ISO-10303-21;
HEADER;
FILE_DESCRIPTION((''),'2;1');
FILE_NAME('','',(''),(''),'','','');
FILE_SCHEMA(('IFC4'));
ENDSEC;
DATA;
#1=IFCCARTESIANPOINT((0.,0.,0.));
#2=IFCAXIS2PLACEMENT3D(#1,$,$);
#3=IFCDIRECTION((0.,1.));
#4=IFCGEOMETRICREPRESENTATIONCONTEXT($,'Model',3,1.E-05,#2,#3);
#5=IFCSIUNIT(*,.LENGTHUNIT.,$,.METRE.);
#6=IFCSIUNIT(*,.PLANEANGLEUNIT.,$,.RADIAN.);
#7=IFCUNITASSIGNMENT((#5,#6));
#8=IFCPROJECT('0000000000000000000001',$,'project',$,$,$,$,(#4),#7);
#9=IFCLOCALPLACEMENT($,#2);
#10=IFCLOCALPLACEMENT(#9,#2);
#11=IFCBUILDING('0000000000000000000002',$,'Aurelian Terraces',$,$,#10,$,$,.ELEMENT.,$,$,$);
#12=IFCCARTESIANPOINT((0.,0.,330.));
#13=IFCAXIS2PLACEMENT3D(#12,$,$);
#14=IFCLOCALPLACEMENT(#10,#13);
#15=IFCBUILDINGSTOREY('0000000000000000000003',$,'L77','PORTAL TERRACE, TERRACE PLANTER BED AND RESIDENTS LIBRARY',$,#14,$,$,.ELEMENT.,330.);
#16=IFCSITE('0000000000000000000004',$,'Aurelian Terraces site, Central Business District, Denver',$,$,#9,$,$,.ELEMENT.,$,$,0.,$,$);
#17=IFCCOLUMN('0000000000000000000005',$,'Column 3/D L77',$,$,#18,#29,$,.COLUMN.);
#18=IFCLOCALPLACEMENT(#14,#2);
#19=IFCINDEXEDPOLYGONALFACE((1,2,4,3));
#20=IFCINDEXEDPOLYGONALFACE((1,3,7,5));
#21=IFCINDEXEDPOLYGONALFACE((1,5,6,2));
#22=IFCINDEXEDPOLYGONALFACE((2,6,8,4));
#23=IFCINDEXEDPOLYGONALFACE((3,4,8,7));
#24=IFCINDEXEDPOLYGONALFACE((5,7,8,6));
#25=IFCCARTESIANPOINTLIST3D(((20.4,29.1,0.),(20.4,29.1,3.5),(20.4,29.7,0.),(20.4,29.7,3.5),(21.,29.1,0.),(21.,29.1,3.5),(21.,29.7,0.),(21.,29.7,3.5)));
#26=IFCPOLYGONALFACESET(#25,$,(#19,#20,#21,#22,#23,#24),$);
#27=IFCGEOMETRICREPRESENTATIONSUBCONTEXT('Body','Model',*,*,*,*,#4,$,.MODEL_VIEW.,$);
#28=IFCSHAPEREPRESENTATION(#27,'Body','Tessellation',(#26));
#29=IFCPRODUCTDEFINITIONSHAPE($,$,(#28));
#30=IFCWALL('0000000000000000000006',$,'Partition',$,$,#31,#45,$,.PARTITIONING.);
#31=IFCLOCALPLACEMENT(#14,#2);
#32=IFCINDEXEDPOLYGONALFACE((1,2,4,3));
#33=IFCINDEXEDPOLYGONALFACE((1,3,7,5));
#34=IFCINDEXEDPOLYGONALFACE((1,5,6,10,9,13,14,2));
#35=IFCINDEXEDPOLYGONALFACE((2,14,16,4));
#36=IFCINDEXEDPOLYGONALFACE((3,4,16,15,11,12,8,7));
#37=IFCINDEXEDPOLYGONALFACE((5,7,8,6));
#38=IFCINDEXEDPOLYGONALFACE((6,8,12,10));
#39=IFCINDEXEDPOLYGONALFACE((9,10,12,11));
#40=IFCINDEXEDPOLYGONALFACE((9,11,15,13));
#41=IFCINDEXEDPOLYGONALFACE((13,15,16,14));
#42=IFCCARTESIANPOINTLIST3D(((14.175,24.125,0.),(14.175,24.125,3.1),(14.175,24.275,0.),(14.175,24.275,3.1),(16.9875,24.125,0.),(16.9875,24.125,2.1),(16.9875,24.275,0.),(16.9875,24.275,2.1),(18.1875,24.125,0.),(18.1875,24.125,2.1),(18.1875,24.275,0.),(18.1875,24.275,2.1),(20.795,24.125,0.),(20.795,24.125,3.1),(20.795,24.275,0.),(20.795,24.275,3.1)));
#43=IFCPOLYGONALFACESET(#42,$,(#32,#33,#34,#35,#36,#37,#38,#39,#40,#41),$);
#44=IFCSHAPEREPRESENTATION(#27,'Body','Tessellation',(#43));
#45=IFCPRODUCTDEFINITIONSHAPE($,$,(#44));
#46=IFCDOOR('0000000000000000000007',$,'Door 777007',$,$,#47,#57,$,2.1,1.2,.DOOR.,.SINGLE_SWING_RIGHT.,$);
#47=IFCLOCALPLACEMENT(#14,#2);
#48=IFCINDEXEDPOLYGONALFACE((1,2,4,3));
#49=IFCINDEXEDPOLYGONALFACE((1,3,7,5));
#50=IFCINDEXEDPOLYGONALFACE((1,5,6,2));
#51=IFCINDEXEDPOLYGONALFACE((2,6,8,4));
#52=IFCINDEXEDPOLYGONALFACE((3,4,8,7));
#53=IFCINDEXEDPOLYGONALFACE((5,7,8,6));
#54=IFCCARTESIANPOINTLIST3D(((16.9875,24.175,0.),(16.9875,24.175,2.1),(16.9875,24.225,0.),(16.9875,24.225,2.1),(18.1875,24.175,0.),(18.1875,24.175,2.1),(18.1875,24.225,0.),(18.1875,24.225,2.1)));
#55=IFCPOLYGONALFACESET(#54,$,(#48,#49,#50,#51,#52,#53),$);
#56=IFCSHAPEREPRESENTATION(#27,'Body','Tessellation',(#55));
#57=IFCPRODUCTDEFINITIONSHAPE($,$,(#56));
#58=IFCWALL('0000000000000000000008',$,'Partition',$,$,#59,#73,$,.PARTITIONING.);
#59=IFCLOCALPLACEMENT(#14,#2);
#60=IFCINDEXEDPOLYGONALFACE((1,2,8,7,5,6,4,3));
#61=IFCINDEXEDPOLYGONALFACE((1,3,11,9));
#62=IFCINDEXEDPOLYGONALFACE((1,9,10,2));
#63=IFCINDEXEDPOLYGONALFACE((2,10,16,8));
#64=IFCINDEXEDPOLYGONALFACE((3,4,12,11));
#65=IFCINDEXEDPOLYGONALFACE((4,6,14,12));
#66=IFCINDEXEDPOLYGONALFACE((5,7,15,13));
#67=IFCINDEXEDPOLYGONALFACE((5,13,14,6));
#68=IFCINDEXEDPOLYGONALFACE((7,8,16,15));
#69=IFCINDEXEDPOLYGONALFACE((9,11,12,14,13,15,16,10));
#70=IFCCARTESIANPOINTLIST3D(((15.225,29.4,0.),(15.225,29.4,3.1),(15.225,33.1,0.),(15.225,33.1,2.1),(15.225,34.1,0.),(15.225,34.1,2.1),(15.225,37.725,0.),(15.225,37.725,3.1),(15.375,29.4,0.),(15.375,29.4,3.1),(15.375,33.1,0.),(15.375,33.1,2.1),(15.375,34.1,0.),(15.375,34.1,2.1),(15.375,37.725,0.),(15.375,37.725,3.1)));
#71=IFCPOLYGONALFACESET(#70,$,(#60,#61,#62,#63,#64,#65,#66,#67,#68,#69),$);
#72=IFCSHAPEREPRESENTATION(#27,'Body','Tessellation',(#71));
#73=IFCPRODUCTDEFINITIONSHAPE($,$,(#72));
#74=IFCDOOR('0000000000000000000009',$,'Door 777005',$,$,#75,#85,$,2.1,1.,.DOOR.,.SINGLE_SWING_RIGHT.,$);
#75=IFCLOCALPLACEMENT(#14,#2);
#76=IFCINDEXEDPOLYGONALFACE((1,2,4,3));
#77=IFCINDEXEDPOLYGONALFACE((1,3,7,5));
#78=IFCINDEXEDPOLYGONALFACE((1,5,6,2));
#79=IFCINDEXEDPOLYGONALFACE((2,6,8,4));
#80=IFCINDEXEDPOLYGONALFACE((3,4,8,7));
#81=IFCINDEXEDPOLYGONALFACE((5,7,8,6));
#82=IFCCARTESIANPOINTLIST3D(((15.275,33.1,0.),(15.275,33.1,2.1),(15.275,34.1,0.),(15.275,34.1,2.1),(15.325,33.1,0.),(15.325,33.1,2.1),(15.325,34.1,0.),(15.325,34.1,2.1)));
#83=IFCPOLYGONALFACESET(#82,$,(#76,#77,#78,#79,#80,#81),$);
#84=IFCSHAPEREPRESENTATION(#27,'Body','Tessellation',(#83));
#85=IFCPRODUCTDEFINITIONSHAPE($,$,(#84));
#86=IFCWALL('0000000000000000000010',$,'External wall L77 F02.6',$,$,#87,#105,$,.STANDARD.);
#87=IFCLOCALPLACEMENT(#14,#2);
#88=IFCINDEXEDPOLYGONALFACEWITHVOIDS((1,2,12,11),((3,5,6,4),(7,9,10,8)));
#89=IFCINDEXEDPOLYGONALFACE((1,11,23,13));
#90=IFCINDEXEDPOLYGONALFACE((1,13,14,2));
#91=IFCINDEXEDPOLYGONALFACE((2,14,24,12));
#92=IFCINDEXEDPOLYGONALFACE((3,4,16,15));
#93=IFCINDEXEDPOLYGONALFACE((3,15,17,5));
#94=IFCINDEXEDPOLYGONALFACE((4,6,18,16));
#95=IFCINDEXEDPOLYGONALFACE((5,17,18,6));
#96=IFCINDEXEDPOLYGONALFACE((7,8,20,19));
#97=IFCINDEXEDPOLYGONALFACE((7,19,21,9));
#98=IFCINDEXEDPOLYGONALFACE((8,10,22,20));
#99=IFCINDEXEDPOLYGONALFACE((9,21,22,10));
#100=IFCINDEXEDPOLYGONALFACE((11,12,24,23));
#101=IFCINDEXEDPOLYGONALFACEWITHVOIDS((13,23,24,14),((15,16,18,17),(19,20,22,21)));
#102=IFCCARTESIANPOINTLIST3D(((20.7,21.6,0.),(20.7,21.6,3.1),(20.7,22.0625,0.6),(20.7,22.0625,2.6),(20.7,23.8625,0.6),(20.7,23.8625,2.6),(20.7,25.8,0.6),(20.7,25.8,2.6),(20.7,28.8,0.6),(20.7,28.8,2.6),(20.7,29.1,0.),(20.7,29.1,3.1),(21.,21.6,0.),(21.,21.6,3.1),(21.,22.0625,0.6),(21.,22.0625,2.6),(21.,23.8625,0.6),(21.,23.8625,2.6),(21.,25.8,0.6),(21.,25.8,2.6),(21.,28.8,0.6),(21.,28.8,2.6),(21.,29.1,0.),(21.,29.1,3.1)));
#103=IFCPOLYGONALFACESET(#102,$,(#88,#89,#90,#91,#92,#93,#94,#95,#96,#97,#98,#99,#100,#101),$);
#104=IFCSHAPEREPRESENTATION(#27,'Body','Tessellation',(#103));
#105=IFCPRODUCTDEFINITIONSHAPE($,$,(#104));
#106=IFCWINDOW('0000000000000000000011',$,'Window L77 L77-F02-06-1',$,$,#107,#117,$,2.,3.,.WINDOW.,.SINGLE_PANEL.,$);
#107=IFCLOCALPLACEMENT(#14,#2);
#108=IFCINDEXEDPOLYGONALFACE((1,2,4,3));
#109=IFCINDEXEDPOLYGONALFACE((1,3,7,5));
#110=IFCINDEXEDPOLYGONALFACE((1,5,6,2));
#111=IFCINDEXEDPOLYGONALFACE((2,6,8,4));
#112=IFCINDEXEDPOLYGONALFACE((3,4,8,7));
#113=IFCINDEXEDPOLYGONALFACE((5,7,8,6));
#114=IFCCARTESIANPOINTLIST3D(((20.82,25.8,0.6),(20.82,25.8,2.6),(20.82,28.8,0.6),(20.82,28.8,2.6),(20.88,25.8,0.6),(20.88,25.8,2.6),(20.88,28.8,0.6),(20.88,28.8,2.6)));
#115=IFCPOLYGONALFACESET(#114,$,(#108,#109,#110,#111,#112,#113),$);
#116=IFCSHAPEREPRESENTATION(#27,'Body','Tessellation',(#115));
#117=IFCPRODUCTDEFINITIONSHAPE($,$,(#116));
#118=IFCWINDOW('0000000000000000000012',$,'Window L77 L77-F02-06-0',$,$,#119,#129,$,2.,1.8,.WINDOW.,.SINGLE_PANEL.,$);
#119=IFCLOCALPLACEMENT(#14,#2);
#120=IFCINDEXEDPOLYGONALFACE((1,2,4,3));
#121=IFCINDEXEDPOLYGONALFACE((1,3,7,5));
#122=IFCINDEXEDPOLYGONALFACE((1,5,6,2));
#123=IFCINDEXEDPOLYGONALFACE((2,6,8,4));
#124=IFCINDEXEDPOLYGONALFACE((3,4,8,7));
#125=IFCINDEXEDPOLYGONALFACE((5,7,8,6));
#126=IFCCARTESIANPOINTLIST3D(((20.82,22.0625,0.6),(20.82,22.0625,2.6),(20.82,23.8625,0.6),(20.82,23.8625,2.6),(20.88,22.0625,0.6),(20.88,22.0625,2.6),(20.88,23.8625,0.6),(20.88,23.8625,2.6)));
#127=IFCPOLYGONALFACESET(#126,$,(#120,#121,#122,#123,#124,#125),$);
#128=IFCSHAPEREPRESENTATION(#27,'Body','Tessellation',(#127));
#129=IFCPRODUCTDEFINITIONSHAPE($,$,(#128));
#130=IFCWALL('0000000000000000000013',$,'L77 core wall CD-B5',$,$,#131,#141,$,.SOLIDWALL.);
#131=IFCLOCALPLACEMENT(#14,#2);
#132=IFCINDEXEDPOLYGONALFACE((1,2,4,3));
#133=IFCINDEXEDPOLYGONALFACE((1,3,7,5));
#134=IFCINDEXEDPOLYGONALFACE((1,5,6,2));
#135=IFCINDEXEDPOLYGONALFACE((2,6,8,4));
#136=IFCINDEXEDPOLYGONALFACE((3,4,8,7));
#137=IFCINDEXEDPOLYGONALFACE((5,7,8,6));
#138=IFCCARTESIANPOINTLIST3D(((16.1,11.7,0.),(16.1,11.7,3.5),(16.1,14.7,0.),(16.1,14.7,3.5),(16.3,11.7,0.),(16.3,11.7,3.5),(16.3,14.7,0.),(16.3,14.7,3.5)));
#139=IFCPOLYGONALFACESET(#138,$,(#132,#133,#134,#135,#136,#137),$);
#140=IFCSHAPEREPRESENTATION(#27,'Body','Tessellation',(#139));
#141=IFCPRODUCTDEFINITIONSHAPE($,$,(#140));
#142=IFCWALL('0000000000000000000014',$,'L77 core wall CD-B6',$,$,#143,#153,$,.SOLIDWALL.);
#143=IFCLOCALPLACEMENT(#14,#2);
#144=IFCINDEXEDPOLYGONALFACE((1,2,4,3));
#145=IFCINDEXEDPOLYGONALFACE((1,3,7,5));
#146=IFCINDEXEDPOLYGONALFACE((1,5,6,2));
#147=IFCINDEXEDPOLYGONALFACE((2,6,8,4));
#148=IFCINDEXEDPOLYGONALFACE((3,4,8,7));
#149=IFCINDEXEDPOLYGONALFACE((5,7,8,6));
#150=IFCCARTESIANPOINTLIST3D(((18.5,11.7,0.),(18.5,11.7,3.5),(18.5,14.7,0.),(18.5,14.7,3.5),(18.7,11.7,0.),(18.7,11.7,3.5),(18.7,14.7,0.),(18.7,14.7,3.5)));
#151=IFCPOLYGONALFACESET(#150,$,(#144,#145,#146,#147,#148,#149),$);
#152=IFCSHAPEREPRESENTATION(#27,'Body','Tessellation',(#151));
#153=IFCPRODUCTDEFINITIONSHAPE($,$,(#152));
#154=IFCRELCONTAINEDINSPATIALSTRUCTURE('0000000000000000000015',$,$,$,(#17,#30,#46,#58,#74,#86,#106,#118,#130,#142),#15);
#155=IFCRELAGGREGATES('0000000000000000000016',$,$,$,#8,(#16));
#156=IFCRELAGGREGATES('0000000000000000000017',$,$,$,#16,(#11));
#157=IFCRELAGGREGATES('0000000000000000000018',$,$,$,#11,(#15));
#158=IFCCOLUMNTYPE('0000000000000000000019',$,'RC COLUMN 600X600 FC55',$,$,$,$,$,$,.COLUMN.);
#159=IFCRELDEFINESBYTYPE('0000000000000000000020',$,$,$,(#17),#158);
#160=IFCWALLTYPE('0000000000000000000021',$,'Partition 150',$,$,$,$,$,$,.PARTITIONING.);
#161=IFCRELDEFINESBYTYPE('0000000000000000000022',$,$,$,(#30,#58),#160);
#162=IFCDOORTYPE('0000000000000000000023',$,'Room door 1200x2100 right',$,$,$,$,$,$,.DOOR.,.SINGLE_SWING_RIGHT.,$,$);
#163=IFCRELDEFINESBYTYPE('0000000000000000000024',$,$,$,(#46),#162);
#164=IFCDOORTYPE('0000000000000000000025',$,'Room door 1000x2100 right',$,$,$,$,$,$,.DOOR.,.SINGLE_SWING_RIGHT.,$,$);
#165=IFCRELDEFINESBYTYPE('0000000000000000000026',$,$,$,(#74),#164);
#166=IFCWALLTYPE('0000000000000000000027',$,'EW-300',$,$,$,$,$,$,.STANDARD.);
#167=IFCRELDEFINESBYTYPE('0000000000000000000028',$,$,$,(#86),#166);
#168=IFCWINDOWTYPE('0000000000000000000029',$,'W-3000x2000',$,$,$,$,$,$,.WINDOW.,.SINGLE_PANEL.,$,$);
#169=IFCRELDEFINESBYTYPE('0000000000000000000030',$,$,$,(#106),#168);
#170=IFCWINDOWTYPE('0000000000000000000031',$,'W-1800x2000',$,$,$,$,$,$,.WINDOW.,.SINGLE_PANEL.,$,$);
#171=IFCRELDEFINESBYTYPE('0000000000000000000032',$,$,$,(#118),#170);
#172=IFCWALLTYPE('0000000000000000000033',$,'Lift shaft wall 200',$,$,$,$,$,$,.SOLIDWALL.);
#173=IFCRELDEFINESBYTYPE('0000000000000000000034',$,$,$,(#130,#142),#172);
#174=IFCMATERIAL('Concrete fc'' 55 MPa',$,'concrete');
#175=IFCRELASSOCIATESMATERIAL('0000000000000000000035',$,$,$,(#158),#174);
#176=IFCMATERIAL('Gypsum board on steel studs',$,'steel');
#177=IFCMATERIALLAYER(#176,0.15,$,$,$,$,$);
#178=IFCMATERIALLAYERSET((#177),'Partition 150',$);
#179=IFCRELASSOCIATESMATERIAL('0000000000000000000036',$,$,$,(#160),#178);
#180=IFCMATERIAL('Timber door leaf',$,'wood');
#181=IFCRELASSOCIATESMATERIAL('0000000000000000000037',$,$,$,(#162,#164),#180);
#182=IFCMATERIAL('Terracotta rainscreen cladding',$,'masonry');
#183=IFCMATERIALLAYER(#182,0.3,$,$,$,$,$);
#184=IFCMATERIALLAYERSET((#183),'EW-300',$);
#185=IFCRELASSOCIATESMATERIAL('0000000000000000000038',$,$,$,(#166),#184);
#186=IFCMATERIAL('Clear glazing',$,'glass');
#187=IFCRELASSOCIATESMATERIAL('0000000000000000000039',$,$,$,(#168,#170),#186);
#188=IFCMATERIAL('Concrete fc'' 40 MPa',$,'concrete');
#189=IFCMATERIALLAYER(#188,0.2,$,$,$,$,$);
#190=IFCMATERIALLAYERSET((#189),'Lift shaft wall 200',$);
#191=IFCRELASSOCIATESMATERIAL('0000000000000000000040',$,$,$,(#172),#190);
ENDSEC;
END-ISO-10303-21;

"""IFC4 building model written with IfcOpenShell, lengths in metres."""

from ifc_helpers import new_model, si_unit, direction, frame, frame_2d, origin, origin_2d, place, context, subcontext, project, spatial, rectangle, extrude, source, transform, mapped, material, layer, layer_set, material_profile, profile_set, type_object, element, fill, save


model = new_model("IFC4")

# Units and contexts
model_context = context("Model", 3, precision=1e-05, world=origin(), true_north=direction((0.0, 1.0)))
body_context = subcontext(model_context, "Body", "Model", "MODEL_VIEW")
ifc_project = project(units=[si_unit("LENGTHUNIT", "METRE"), si_unit("PLANEANGLEUNIT", "RADIAN")], contexts=[model_context])

# Site, building, storey
site_placement = place(None, origin())
site = spatial("IfcSite", under=ifc_project, at=site_placement, Name="Aurelian Terraces site, Central Business District, Denver", CompositionType="ELEMENT", RefElevation=0.0)
building_placement = place(site_placement, origin())
building = spatial("IfcBuilding", under=site, at=building_placement, Name="Aurelian Terraces", CompositionType="ELEMENT")
storey_placement = place(building_placement, frame((0.0, 0.0, 330.0)))
storey = spatial("IfcBuildingStorey", under=building, at=storey_placement, Name="L77", Description="PORTAL TERRACE, TERRACE PLANTER BED AND RESIDENTS LIBRARY", CompositionType="ELEMENT", Elevation=330.0)

# Column
ifc_material_1 = material(Name="Concrete fc' 55 MPa", Category="concrete")
ifc_material_profile = material_profile(ifc_material_1, rectangle(XDim=0.6, YDim=0.6, at=origin_2d()))
ifc_profile_set = profile_set([ifc_material_profile], Name="Concrete fc' 55 MPa")
column_type = type_object("IfcColumnType", Name="RC COLUMN 600X600 FC55", PredefinedType="COLUMN", material=ifc_profile_set)
shared_shape_1 = source(origin(), body_context, "Body", "SweptSolid", [
    extrude(rectangle(XDim=0.6, YDim=0.6, at=origin_2d()), origin(), (0.0, 0.0, 1.0), 3.5),
])
column_placement = place(storey_placement, frame((20.7, 29.4, 0.0), z_axis=(0.0, 0.0, 1.0), x_axis=(1.0, 0.0, 0.0)))
element("IfcColumn", 1, at=column_placement, inside=storey, type_object=column_type, Name="Column 3/D L77", PredefinedType="COLUMN", context=body_context, shape_type="MappedRepresentation", body=[
    mapped(shared_shape_1, transform((0.0, 0.0, 0.0), scale=1.0)),
])

# Walls, openings, doors
ifc_material_2 = material(Name="Gypsum board on steel studs", Category="steel")
ifc_layer_1 = layer(ifc_material_2, 0.15)
ifc_layer_set_1 = layer_set([ifc_layer_1], Name="Partition 150")
wall_type_1 = type_object("IfcWallType", Name="Partition 150", PredefinedType="PARTITIONING", material=ifc_layer_set_1)
wall_1_placement = place(storey_placement, frame((14.175, 24.2, 0.0), z_axis=(0.0, 0.0, 1.0), x_axis=(1.0, 0.0, 0.0)))
wall_1 = element("IfcWall", 2, at=wall_1_placement, inside=storey, type_object=wall_type_1, Name="Partition", PredefinedType="PARTITIONING", context=body_context, shape_type="SweptSolid", body=[
    extrude(rectangle(XDim=6.62, YDim=0.15, at=frame_2d((3.31, 0.0))), origin(), (0.0, 0.0, 1.0), 3.1),
])
shared_shape_2 = source(origin(), body_context, "Body", "SweptSolid", [
    extrude(rectangle(XDim=1.2, YDim=2.1, at=frame_2d((0.6, 1.05))), frame((0.0, 0.085, 0.0), z_axis=(0.0, -1.0, 0.0), x_axis=(1.0, 0.0, 0.0)), (0.0, 0.0, 1.0), 0.17),
])
opening_1_placement = place(wall_1_placement, frame((2.8125, 0.0, 0.0)))
opening_1 = element("IfcOpeningElement", 3, at=opening_1_placement, cuts=wall_1, PredefinedType="OPENING", context=body_context, shape_type="MappedRepresentation", body=[
    mapped(shared_shape_2, transform((0.0, 0.0, 0.0), scale=1.0)),
])
ifc_material_3 = material(Name="Timber door leaf", Category="wood")
door_type_1 = type_object("IfcDoorType", Name="Room door 1200x2100 right", OperationType="SINGLE_SWING_RIGHT", PredefinedType="DOOR", material=ifc_material_3)
shared_shape_3 = source(origin(), body_context, "Body", "SweptSolid", [
    extrude(rectangle(XDim=1.2, YDim=2.1, at=frame_2d((0.6, 1.05))), frame((0.0, 0.025, 0.0), z_axis=(0.0, -1.0, 0.0), x_axis=(1.0, 0.0, 0.0)), (0.0, 0.0, 1.0), 0.05),
])
door_1_placement = place(opening_1_placement, origin())
door_1 = element("IfcDoor", 4, at=door_1_placement, inside=storey, type_object=door_type_1, Name="Door 777007", OperationType="SINGLE_SWING_RIGHT", OverallHeight=2.1, OverallWidth=1.2, PredefinedType="DOOR", context=body_context, shape_type="MappedRepresentation", body=[
    mapped(shared_shape_3, transform((0.0, 0.0, 0.0), scale=1.0)),
])
fill(opening_1, door_1)
wall_2_placement = place(storey_placement, frame((15.3, 37.725, 0.0), z_axis=(0.0, 0.0, 1.0), x_axis=(0.0, -1.0, 0.0)))
wall_2 = element("IfcWall", 5, at=wall_2_placement, inside=storey, type_object=wall_type_1, Name="Partition", PredefinedType="PARTITIONING", context=body_context, shape_type="SweptSolid", body=[
    extrude(rectangle(XDim=8.325, YDim=0.15, at=frame_2d((4.1625, 0.0))), origin(), (0.0, 0.0, 1.0), 3.1),
])
shared_shape_4 = source(origin(), body_context, "Body", "SweptSolid", [
    extrude(rectangle(XDim=1.0, YDim=2.1, at=frame_2d((0.5, 1.05))), frame((0.0, 0.085, 0.0), z_axis=(0.0, -1.0, 0.0), x_axis=(1.0, 0.0, 0.0)), (0.0, 0.0, 1.0), 0.17),
])
opening_2_placement = place(wall_2_placement, frame((3.625, 0.0, 0.0)))
opening_2 = element("IfcOpeningElement", 6, at=opening_2_placement, cuts=wall_2, PredefinedType="OPENING", context=body_context, shape_type="MappedRepresentation", body=[
    mapped(shared_shape_4, transform((0.0, 0.0, 0.0), scale=1.0)),
])
door_type_2 = type_object("IfcDoorType", Name="Room door 1000x2100 right", OperationType="SINGLE_SWING_RIGHT", PredefinedType="DOOR", material=ifc_material_3)
shared_shape_5 = source(origin(), body_context, "Body", "SweptSolid", [
    extrude(rectangle(XDim=1.0, YDim=2.1, at=frame_2d((0.5, 1.05))), frame((0.0, 0.025, 0.0), z_axis=(0.0, -1.0, 0.0), x_axis=(1.0, 0.0, 0.0)), (0.0, 0.0, 1.0), 0.05),
])
door_2_placement = place(opening_2_placement, origin())
door_2 = element("IfcDoor", 7, at=door_2_placement, inside=storey, type_object=door_type_2, Name="Door 777005", OperationType="SINGLE_SWING_RIGHT", OverallHeight=2.1, OverallWidth=1.0, PredefinedType="DOOR", context=body_context, shape_type="MappedRepresentation", body=[
    mapped(shared_shape_5, transform((0.0, 0.0, 0.0), scale=1.0)),
])
fill(opening_2, door_2)

# Wall, openings, windows
ifc_material_4 = material(Name="Terracotta rainscreen cladding", Category="masonry")
ifc_layer_2 = layer(ifc_material_4, 0.3)
ifc_layer_set_2 = layer_set([ifc_layer_2], Name="EW-300")
wall_type_2 = type_object("IfcWallType", Name="EW-300", PredefinedType="STANDARD", material=ifc_layer_set_2)
shared_shape_6 = source(origin(), body_context, "Body", "SweptSolid", [
    extrude(rectangle(XDim=7.5, YDim=0.3, at=frame_2d((3.75, 0.0))), origin(), (0.0, 0.0, 1.0), 3.1),
])
wall_3_placement = place(storey_placement, frame((20.85, 21.6, 0.0), z_axis=(0.0, 0.0, 1.0), x_axis=(0.0, 1.0, 0.0)))
wall_3 = element("IfcWall", 8, at=wall_3_placement, inside=storey, type_object=wall_type_2, Name="External wall L77 F02.6", PredefinedType="STANDARD", context=body_context, shape_type="MappedRepresentation", body=[
    mapped(shared_shape_6, transform((0.0, 0.0, 0.0), scale=1.0)),
])
shared_shape_7 = source(origin(), body_context, "Body", "SweptSolid", [
    extrude(rectangle(XDim=1.8, YDim=2.0, at=frame_2d((0.9, 1.0))), frame((0.0, 0.16, 0.0), z_axis=(0.0, -1.0, 0.0), x_axis=(1.0, 0.0, 0.0)), (0.0, 0.0, 1.0), 0.32),
])
opening_3_placement = place(wall_3_placement, frame((0.4625, 0.0, 0.6)))
opening_3 = element("IfcOpeningElement", 9, at=opening_3_placement, cuts=wall_3, PredefinedType="OPENING", context=body_context, shape_type="MappedRepresentation", body=[
    mapped(shared_shape_7, transform((0.0, 0.0, 0.0), scale=1.0)),
])
shared_shape_8 = source(origin(), body_context, "Body", "SweptSolid", [
    extrude(rectangle(XDim=3.0, YDim=2.0, at=frame_2d((1.5, 1.0))), frame((0.0, 0.16, 0.0), z_axis=(0.0, -1.0, 0.0), x_axis=(1.0, 0.0, 0.0)), (0.0, 0.0, 1.0), 0.32),
])
opening_4_placement = place(wall_3_placement, frame((4.2, 0.0, 0.6)))
opening_4 = element("IfcOpeningElement", 10, at=opening_4_placement, cuts=wall_3, PredefinedType="OPENING", context=body_context, shape_type="MappedRepresentation", body=[
    mapped(shared_shape_8, transform((0.0, 0.0, 0.0), scale=1.0)),
])
ifc_material_5 = material(Name="Clear glazing", Category="glass")
window_type_1 = type_object("IfcWindowType", Name="W-3000x2000", PartitioningType="SINGLE_PANEL", PredefinedType="WINDOW", material=ifc_material_5)
shared_shape_9 = source(origin(), body_context, "Body", "SweptSolid", [
    extrude(rectangle(XDim=3.0, YDim=2.0, at=frame_2d((1.5, 1.0))), frame((0.0, 0.03, 0.0), z_axis=(0.0, -1.0, 0.0), x_axis=(1.0, 0.0, 0.0)), (0.0, 0.0, 1.0), 0.06),
])
window_1_placement = place(opening_4_placement, origin())
window_1 = element("IfcWindow", 11, at=window_1_placement, inside=storey, type_object=window_type_1, Name="Window L77 L77-F02-06-1", OverallHeight=2.0, OverallWidth=3.0, PartitioningType="SINGLE_PANEL", PredefinedType="WINDOW", context=body_context, shape_type="MappedRepresentation", body=[
    mapped(shared_shape_9, transform((0.0, 0.0, 0.0), scale=1.0)),
])
fill(opening_4, window_1)
window_type_2 = type_object("IfcWindowType", Name="W-1800x2000", PartitioningType="SINGLE_PANEL", PredefinedType="WINDOW", material=ifc_material_5)
shared_shape_10 = source(origin(), body_context, "Body", "SweptSolid", [
    extrude(rectangle(XDim=1.8, YDim=2.0, at=frame_2d((0.9, 1.0))), frame((0.0, 0.03, 0.0), z_axis=(0.0, -1.0, 0.0), x_axis=(1.0, 0.0, 0.0)), (0.0, 0.0, 1.0), 0.06),
])
window_2_placement = place(opening_3_placement, origin())
window_2 = element("IfcWindow", 12, at=window_2_placement, inside=storey, type_object=window_type_2, Name="Window L77 L77-F02-06-0", OverallHeight=2.0, OverallWidth=1.8, PartitioningType="SINGLE_PANEL", PredefinedType="WINDOW", context=body_context, shape_type="MappedRepresentation", body=[
    mapped(shared_shape_10, transform((0.0, 0.0, 0.0), scale=1.0)),
])
fill(opening_3, window_2)

# Walls
ifc_material_6 = material(Name="Concrete fc' 40 MPa", Category="concrete")
ifc_layer_3 = layer(ifc_material_6, 0.2)
ifc_layer_set_3 = layer_set([ifc_layer_3], Name="Lift shaft wall 200")
wall_type_3 = type_object("IfcWallType", Name="Lift shaft wall 200", PredefinedType="SOLIDWALL", material=ifc_layer_set_3)
shared_shape_11 = source(origin(), body_context, "Body", "SweptSolid", [
    extrude(rectangle(XDim=3.0, YDim=0.2, at=frame_2d((1.5, 0.0))), origin(), (0.0, 0.0, 1.0), 3.5),
])
for number, where, z_axis, x_axis, name in (
    (13, (16.2, 11.7, 0.0), (0.0, 0.0, 1.0), (0.0, 1.0, 0.0), "L77 core wall CD-B5"),
    (14, (18.6, 11.7, 0.0), (0.0, 0.0, 1.0), (0.0, 1.0, 0.0), "L77 core wall CD-B6"),
):
    element("IfcWall", number, at=place(storey_placement, frame(where, z_axis=z_axis, x_axis=x_axis)), inside=storey, type_object=wall_type_3, Name=name, PredefinedType="SOLIDWALL", context=body_context, shape_type="MappedRepresentation", body=[
        mapped(shared_shape_11, transform((0.0, 0.0, 0.0), scale=1.0)),
    ])

save(model, "model.ifc")
